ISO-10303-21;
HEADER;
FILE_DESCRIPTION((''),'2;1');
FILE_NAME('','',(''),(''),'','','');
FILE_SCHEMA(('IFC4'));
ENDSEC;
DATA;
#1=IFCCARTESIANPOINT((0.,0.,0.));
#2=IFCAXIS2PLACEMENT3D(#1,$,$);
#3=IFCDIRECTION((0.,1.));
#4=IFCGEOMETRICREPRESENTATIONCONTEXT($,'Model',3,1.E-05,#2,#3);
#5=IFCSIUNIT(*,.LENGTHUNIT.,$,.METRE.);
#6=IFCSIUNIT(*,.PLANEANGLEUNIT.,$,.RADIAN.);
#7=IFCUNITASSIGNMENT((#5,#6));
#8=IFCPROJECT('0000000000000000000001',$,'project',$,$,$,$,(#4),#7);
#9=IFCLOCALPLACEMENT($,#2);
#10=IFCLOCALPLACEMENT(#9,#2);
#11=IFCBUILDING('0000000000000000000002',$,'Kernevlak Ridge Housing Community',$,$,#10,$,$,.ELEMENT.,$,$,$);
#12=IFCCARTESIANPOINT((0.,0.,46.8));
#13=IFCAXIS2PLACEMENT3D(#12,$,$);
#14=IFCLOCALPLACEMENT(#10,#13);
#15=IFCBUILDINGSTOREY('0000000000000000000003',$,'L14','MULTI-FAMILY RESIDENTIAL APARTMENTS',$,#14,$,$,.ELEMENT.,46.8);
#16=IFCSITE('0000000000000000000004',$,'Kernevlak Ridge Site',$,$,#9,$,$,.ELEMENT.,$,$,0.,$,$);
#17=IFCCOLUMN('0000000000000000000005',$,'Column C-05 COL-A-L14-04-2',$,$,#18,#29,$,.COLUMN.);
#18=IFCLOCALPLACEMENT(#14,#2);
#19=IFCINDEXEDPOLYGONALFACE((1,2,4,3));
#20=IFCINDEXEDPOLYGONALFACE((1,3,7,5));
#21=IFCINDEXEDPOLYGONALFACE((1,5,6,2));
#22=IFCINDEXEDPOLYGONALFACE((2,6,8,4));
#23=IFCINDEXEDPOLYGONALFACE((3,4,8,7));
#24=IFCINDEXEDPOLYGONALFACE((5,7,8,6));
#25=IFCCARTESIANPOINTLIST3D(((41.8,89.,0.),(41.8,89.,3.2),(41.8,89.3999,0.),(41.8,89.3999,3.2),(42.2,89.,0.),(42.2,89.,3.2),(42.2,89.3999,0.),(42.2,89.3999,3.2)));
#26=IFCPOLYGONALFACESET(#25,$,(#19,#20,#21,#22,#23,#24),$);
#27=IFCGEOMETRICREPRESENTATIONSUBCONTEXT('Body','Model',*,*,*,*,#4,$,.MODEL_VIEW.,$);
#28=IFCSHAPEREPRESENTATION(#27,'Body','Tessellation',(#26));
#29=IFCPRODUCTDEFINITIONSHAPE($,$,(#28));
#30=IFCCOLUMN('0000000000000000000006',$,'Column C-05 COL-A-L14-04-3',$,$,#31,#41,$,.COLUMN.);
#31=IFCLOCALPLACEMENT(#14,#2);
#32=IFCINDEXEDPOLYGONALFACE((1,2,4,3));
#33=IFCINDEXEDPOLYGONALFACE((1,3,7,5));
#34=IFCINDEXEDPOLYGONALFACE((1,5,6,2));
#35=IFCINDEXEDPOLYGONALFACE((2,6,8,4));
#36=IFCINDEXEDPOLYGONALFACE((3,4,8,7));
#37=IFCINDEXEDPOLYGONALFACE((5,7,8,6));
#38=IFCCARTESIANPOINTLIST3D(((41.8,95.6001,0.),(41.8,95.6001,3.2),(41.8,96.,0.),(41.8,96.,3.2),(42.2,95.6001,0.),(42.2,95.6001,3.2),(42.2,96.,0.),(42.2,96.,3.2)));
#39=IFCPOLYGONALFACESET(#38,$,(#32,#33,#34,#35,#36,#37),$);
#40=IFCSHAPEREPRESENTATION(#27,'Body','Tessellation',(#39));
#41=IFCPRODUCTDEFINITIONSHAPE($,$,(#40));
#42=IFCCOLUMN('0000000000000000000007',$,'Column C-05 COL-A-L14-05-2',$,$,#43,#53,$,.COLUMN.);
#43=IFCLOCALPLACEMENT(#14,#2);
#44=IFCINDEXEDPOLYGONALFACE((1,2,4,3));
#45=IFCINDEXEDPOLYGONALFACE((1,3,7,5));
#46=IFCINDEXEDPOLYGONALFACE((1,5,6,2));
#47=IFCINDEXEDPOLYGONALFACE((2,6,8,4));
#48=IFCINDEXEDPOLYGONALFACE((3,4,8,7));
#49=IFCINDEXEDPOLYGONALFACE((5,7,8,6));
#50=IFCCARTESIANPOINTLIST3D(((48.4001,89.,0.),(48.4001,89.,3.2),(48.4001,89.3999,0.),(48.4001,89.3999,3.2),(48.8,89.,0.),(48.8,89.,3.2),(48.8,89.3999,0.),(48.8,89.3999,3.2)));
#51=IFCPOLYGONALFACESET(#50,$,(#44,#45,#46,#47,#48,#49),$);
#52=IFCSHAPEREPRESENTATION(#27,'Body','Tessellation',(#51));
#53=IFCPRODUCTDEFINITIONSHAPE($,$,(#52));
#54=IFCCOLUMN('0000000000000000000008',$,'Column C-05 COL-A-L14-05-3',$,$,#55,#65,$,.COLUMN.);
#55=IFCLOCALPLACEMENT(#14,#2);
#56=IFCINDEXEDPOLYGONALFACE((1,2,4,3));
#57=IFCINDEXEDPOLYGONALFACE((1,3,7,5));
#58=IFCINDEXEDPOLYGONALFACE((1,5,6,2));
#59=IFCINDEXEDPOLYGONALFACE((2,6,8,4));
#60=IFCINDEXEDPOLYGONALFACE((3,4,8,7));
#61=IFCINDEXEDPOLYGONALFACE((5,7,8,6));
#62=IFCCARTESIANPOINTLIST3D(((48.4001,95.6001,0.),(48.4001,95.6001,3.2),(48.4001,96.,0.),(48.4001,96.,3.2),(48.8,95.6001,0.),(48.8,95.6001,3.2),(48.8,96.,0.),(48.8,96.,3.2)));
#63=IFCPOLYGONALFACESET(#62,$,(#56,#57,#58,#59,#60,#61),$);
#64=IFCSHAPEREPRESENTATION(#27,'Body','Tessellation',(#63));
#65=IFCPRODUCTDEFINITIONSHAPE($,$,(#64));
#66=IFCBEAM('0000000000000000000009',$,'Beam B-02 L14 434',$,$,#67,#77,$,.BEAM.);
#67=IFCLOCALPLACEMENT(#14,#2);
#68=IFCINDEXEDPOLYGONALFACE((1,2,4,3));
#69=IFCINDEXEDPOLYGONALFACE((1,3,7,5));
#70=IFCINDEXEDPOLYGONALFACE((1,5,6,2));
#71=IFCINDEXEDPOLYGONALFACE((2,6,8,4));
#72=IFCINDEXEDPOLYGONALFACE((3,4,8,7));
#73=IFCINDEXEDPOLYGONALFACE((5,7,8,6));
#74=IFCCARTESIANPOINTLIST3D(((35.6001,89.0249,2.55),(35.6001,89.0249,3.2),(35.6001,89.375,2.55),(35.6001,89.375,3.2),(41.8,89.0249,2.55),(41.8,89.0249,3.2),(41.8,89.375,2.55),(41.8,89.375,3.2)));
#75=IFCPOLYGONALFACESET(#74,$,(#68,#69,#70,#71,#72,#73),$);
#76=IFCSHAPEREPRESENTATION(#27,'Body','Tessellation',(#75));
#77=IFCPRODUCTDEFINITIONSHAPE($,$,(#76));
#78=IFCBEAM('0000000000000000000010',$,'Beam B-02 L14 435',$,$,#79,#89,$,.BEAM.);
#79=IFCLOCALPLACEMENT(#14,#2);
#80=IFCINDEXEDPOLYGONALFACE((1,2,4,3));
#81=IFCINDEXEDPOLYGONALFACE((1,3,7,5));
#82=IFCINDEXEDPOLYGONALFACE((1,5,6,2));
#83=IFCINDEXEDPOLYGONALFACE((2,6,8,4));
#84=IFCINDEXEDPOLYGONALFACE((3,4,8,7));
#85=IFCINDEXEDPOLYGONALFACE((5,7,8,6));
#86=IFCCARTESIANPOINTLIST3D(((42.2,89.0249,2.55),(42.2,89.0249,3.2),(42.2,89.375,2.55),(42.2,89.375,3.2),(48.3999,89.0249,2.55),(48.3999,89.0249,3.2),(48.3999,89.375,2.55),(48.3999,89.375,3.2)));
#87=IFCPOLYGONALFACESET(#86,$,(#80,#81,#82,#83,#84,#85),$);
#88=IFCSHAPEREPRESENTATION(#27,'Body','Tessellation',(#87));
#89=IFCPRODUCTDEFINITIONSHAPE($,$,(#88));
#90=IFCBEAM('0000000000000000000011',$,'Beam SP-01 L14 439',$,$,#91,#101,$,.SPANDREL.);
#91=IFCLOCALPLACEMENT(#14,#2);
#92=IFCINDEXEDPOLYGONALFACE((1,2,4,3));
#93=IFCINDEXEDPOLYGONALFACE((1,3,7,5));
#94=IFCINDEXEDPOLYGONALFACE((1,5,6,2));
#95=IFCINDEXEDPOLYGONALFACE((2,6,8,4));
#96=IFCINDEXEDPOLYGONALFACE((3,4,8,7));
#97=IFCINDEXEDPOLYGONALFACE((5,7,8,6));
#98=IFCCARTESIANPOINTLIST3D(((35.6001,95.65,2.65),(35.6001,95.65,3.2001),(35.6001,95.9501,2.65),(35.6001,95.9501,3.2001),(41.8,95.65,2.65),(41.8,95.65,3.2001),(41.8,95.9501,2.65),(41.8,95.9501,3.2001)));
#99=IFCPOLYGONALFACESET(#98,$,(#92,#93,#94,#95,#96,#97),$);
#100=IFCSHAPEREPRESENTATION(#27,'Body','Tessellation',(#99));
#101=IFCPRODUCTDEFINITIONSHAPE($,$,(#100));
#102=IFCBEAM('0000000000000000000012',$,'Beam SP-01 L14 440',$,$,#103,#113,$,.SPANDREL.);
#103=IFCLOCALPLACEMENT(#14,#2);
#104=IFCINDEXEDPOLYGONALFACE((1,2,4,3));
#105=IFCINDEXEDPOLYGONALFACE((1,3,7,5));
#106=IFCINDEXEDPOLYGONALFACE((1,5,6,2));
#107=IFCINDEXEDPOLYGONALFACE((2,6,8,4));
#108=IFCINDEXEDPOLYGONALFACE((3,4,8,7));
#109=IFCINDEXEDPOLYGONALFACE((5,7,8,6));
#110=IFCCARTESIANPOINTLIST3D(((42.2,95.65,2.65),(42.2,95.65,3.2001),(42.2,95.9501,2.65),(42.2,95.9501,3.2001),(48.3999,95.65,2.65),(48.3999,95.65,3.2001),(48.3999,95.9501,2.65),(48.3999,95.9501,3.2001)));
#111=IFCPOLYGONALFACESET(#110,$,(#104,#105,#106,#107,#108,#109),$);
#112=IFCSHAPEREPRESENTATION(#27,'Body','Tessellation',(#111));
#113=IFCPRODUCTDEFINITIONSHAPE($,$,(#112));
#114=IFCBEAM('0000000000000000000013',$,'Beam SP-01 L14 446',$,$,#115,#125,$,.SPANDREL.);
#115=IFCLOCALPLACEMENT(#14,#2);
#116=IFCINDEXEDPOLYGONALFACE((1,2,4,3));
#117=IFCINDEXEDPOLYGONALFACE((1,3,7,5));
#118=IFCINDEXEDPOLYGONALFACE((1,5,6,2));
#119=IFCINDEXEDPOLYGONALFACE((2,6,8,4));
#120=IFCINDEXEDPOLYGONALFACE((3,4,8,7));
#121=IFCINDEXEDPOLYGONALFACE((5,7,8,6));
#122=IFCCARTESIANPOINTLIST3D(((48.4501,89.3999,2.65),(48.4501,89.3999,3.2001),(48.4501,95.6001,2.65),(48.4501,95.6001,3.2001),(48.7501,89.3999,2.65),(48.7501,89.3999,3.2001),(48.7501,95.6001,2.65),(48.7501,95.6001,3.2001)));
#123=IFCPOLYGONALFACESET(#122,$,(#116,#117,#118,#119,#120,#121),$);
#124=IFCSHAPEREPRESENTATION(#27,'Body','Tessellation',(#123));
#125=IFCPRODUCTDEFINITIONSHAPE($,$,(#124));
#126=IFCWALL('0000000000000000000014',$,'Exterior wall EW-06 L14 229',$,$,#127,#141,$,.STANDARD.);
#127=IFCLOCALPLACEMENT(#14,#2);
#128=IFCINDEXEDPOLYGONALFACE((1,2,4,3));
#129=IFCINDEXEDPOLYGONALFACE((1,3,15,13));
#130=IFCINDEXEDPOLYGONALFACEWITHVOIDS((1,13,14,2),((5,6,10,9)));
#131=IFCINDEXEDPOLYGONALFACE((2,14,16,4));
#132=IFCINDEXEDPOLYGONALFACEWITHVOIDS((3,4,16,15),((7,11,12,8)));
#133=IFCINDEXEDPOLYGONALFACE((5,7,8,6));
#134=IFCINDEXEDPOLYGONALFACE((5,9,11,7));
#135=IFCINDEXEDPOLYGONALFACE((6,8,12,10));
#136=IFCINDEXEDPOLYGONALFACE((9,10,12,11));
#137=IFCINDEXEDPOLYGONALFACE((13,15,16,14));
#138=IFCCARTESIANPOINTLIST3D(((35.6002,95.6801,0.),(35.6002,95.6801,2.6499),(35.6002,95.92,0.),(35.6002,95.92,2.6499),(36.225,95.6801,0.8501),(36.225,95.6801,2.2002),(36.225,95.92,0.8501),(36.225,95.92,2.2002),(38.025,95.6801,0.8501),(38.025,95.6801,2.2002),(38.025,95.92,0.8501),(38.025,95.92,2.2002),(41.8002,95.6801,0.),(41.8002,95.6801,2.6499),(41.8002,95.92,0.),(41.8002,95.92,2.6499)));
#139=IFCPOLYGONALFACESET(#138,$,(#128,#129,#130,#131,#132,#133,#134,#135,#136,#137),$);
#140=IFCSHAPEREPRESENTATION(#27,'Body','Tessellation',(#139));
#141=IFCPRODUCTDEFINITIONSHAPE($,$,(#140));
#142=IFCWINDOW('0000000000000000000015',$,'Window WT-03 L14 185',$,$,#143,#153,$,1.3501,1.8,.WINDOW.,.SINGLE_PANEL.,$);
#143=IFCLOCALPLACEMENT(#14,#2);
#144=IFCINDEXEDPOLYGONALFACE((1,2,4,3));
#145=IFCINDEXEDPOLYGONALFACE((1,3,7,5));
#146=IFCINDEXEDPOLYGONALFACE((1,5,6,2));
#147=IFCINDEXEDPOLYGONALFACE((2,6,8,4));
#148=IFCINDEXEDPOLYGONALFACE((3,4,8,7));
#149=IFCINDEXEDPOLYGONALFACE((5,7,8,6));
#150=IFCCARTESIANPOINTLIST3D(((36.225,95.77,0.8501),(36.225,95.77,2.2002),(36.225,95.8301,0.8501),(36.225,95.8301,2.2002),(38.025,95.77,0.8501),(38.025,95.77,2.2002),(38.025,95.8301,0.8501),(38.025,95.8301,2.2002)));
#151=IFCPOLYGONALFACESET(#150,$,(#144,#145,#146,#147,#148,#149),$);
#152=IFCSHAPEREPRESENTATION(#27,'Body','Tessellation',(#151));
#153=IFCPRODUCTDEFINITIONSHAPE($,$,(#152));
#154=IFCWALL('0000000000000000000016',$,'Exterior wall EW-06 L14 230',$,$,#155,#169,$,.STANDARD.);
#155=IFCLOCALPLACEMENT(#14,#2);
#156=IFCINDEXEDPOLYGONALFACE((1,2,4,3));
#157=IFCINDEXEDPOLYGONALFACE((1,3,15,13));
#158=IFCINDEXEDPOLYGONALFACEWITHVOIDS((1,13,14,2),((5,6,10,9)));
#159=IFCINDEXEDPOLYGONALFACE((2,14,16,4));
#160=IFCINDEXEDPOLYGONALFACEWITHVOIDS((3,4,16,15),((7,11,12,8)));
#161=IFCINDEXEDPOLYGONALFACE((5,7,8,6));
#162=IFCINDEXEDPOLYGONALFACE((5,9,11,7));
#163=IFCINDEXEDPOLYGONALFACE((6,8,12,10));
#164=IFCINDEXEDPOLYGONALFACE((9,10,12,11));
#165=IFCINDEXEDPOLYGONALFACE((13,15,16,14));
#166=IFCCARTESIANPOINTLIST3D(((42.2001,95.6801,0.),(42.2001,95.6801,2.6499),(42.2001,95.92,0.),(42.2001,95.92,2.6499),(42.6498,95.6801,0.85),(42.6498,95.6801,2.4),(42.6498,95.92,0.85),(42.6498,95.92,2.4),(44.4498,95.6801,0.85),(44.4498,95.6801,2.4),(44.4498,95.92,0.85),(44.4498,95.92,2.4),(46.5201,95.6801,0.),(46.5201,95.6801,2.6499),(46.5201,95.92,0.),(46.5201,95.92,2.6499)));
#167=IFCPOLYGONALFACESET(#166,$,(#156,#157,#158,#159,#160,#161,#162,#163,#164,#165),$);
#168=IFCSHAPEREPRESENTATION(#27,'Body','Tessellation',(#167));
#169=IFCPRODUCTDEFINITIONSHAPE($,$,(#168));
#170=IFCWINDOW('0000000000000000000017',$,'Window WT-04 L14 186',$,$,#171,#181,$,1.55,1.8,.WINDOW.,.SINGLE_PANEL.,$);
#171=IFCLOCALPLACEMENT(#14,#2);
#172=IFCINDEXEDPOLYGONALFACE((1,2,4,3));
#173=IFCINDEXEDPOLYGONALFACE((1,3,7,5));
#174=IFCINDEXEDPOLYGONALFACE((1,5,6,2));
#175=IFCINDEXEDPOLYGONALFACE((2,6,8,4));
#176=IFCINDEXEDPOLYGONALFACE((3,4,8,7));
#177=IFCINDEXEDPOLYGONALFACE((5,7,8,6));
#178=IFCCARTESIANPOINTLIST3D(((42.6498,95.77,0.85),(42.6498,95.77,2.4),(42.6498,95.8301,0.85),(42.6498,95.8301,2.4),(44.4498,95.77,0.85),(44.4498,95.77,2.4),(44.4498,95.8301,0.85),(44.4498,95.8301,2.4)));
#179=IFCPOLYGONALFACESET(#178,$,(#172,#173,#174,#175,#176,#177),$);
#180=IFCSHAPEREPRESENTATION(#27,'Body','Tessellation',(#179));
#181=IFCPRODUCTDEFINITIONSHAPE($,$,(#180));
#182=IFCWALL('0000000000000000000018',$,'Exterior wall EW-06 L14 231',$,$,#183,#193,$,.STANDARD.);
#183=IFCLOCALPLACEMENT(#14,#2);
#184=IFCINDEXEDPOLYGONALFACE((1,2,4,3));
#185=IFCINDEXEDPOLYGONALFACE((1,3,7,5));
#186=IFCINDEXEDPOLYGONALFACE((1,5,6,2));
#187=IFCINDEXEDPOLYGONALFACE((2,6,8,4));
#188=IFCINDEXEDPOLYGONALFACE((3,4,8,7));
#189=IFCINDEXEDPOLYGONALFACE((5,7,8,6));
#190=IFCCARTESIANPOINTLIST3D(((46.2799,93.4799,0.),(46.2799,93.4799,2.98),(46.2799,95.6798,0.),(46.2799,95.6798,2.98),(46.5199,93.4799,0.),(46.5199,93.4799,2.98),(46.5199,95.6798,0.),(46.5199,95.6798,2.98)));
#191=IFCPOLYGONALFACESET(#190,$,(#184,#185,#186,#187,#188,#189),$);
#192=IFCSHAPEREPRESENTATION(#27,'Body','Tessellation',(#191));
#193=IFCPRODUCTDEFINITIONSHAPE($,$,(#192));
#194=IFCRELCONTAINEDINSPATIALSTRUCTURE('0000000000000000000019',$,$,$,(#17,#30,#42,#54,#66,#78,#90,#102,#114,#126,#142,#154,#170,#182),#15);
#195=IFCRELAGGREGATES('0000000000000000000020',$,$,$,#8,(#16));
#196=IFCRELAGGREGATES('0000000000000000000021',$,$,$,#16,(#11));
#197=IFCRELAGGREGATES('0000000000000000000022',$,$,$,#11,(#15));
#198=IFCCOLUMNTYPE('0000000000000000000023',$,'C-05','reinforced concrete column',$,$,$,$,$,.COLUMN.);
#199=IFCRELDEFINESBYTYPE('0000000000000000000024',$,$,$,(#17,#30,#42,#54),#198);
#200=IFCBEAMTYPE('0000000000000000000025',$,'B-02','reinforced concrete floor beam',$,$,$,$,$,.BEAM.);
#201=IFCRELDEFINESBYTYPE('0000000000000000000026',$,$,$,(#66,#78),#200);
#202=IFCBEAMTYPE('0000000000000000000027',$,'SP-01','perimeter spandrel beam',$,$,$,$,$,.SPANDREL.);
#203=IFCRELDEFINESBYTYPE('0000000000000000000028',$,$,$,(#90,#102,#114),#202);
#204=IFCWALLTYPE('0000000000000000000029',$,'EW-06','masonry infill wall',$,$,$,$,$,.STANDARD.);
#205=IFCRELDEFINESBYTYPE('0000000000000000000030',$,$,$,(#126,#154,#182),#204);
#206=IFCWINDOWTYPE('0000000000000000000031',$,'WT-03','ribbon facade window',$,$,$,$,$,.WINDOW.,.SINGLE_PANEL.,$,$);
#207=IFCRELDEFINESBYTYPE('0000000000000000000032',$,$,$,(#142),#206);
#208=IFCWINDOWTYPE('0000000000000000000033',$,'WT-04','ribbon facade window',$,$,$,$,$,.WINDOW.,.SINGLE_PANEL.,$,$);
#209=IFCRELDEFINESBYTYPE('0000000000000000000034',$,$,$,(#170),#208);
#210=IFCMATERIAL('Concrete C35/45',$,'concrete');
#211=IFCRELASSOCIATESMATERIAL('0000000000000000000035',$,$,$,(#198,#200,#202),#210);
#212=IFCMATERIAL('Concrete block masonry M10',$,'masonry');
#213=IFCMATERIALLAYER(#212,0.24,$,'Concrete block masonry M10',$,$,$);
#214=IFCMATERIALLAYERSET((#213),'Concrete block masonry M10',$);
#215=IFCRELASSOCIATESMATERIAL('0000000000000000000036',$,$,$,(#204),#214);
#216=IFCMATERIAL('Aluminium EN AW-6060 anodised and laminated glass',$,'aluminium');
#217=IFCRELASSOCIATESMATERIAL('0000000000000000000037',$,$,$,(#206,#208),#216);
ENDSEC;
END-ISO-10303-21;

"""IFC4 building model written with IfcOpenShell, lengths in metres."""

from ifc_helpers import new_model, si_unit, direction, frame, frame_2d, origin, origin_2d, place, context, subcontext, project, spatial, rectangle, extrude, material, layer, layer_set, material_profile, profile_set, type_object, element, fill, save


model = new_model("IFC4")

# Units and contexts
model_context = context("Model", 3, precision=1e-05, world=origin(), true_north=direction((0.0, 1.0)))
body_context = subcontext(model_context, "Body", "Model", "MODEL_VIEW")
ifc_project = project(units=[si_unit("LENGTHUNIT", "METRE"), si_unit("PLANEANGLEUNIT", "RADIAN")], contexts=[model_context])

# Site, building, storey
site_placement = place(None, origin())
site = spatial("IfcSite", under=ifc_project, at=site_placement, Name="Kernevlak Ridge Site", CompositionType="ELEMENT", RefElevation=0.0)
building_placement = place(site_placement, origin())
building = spatial("IfcBuilding", under=site, at=building_placement, Name="Kernevlak Ridge Housing Community", CompositionType="ELEMENT")
storey_placement = place(building_placement, frame((0.0, 0.0, 46.8)))
storey = spatial("IfcBuildingStorey", under=building, at=storey_placement, Name="L14", Description="MULTI-FAMILY RESIDENTIAL APARTMENTS", CompositionType="ELEMENT", Elevation=46.8)

# Columns
ifc_material_1 = material(Name="Concrete C35/45", Category="concrete")
ifc_material_profile_1 = material_profile(ifc_material_1, rectangle(XDim=0.3999, YDim=0.3999, at=origin_2d()), Name="RC 400x400")
ifc_profile_set_1 = profile_set([ifc_material_profile_1], Name="Concrete C35/45")
column_type = type_object("IfcColumnType", Name="C-05", Description="reinforced concrete column", PredefinedType="COLUMN", material=ifc_profile_set_1)
for number, where, z_axis, x_axis, name in (
    (1, (42.0, 89.2, 0.0), (0.0, 0.0, 1.0), (1.0, 0.0, 0.0), "Column C-05 COL-A-L14-04-2"),
    (2, (42.0, 95.8, 0.0), (0.0, 0.0, 1.0), (1.0, 0.0, 0.0), "Column C-05 COL-A-L14-04-3"),
    (3, (48.6001, 89.2, 0.0), (0.0, 0.0, 1.0), (1.0, 0.0, 0.0), "Column C-05 COL-A-L14-05-2"),
    (4, (48.6001, 95.8, 0.0), (0.0, 0.0, 1.0), (1.0, 0.0, 0.0), "Column C-05 COL-A-L14-05-3"),
):
    element("IfcColumn", number, at=place(storey_placement, frame(where, z_axis=z_axis, x_axis=x_axis)), inside=storey, type_object=column_type, Name=name, PredefinedType="COLUMN", context=body_context, shape_type="SweptSolid", body=[
        extrude(rectangle(XDim=0.3999, YDim=0.3999, at=origin_2d()), origin(), (0.0, 0.0, 1.0), 3.2),
    ])

# Beams
ifc_material_profile_2 = material_profile(ifc_material_1, rectangle(XDim=0.3501, YDim=0.6499, at=origin_2d()), Name="RC 350x650")
ifc_profile_set_2 = profile_set([ifc_material_profile_2], Name="Concrete C35/45")
beam_type_1 = type_object("IfcBeamType", Name="B-02", Description="reinforced concrete floor beam", PredefinedType="BEAM", material=ifc_profile_set_2)
for number, where, z_axis, x_axis, name in (
    (5, (35.6001, 89.2, 2.875), (1.0, 0.0, 0.0), (0.0, 1.0, 0.0), "Beam B-02 L14 434"),
    (6, (42.2, 89.2, 2.875), (1.0, 0.0, 0.0), (0.0, 1.0, 0.0), "Beam B-02 L14 435"),
):
    element("IfcBeam", number, at=place(storey_placement, frame(where, z_axis=z_axis, x_axis=x_axis)), inside=storey, type_object=beam_type_1, Name=name, PredefinedType="BEAM", context=body_context, shape_type="SweptSolid", body=[
        extrude(rectangle(XDim=0.3501, YDim=0.6499, at=origin_2d()), origin(), (0.0, 0.0, 1.0), 6.2),
    ])
ifc_material_profile_3 = material_profile(ifc_material_1, rectangle(XDim=0.3, YDim=0.55, at=origin_2d()), Name="RC 300x550")
ifc_profile_set_3 = profile_set([ifc_material_profile_3], Name="Concrete C35/45")
beam_type_2 = type_object("IfcBeamType", Name="SP-01", Description="perimeter spandrel beam", PredefinedType="SPANDREL", material=ifc_profile_set_3)
for number, where, z_axis, x_axis, name in (
    (7, (35.6001, 95.8, 2.925), (1.0, 0.0, 0.0), (0.0, 1.0, 0.0), "Beam SP-01 L14 439"),
    (8, (42.2, 95.8, 2.925), (1.0, 0.0, 0.0), (0.0, 1.0, 0.0), "Beam SP-01 L14 440"),
):
    element("IfcBeam", number, at=place(storey_placement, frame(where, z_axis=z_axis, x_axis=x_axis)), inside=storey, type_object=beam_type_2, Name=name, PredefinedType="SPANDREL", context=body_context, shape_type="SweptSolid", body=[
        extrude(rectangle(XDim=0.3, YDim=0.55, at=origin_2d()), origin(), (0.0, 0.0, 1.0), 6.2),
    ])
beam_placement = place(storey_placement, frame((48.6001, 89.3999, 2.925), z_axis=(0.0, 1.0, 0.0), x_axis=(-1.0, 0.0, 0.0)))
element("IfcBeam", 9, at=beam_placement, inside=storey, type_object=beam_type_2, Name="Beam SP-01 L14 446", PredefinedType="SPANDREL", context=body_context, shape_type="SweptSolid", body=[
    extrude(rectangle(XDim=0.3, YDim=0.55, at=origin_2d()), origin(), (0.0, 0.0, 1.0), 6.2002),
])

# Walls, openings, windows
ifc_material_2 = material(Name="Concrete block masonry M10", Category="masonry")
ifc_layer_1 = layer(ifc_material_2, 0.24, Name="Concrete block masonry M10")
ifc_layer_set_1 = layer_set([ifc_layer_1], Name="Concrete block masonry M10")
wall_type_1 = type_object("IfcWallType", Name="EW-06", Description="masonry infill wall", PredefinedType="STANDARD", material=ifc_layer_set_1)
wall_1_placement = place(storey_placement, frame((35.6001, 95.8, 0.0), z_axis=(0.0, 0.0, 1.0), x_axis=(1.0, 0.0, 0.0)))
wall_1 = element("IfcWall", 10, at=wall_1_placement, inside=storey, type_object=wall_type_1, Name="Exterior wall EW-06 L14 229", PredefinedType="STANDARD", context=body_context, shape_type="SweptSolid", body=[
    extrude(rectangle(XDim=6.2, YDim=0.24, at=frame_2d((3.1001, 0.0))), origin(), (0.0, 0.0, 1.0), 2.6499),
])
opening_1_placement = place(wall_1_placement, frame((0.625, 0.0, 0.8501)))
opening_1 = element("IfcOpeningElement", 11, at=opening_1_placement, cuts=wall_1, PredefinedType="OPENING", context=body_context, shape_type="SweptSolid", body=[
    extrude(rectangle(XDim=1.8, YDim=1.3501, at=frame_2d((0.8999, 0.675))), frame((0.0, 0.1299, 0.0), z_axis=(0.0, -1.0, 0.0), x_axis=(1.0, 0.0, 0.0)), (0.0, 0.0, 1.0), 0.26),
])
ifc_material_3 = material(Name="Aluminium EN AW-6060 anodised and laminated glass", Category="aluminium")
window_type_1 = type_object("IfcWindowType", Name="WT-03", Description="ribbon facade window", PartitioningType="SINGLE_PANEL", PredefinedType="WINDOW", material=ifc_material_3)
window_1_placement = place(opening_1_placement, origin())
window_1 = element("IfcWindow", 12, at=window_1_placement, inside=storey, type_object=window_type_1, Name="Window WT-03 L14 185", OverallHeight=1.3501, OverallWidth=1.8, PartitioningType="SINGLE_PANEL", PredefinedType="WINDOW", context=body_context, shape_type="SweptSolid", body=[
    extrude(rectangle(XDim=1.8, YDim=1.3501, at=frame_2d((0.8999, 0.675))), frame((0.0, 0.03, 0.0), z_axis=(0.0, -1.0, 0.0), x_axis=(1.0, 0.0, 0.0)), (0.0, 0.0, 1.0), 0.0601),
])
fill(opening_1, window_1)
wall_2_placement = place(storey_placement, frame((42.2, 95.8, 0.0), z_axis=(0.0, 0.0, 1.0), x_axis=(1.0, 0.0, 0.0)))
wall_2 = element("IfcWall", 13, at=wall_2_placement, inside=storey, type_object=wall_type_1, Name="Exterior wall EW-06 L14 230", PredefinedType="STANDARD", context=body_context, shape_type="SweptSolid", body=[
    extrude(rectangle(XDim=4.3201, YDim=0.24, at=frame_2d((2.1602, 0.0))), origin(), (0.0, 0.0, 1.0), 2.6499),
])
opening_2_placement = place(wall_2_placement, frame((0.45, 0.0, 0.8501)))
opening_2 = element("IfcOpeningElement", 14, at=opening_2_placement, cuts=wall_2, PredefinedType="OPENING", context=body_context, shape_type="SweptSolid", body=[
    extrude(rectangle(XDim=1.8, YDim=1.55, at=frame_2d((0.8999, 0.7749))), frame((0.0, 0.1299, 0.0), z_axis=(0.0, -1.0, 0.0), x_axis=(1.0, 0.0, 0.0)), (0.0, 0.0, 1.0), 0.26),
])
window_type_2 = type_object("IfcWindowType", Name="WT-04", Description="ribbon facade window", PartitioningType="SINGLE_PANEL", PredefinedType="WINDOW", material=ifc_material_3)
window_2_placement = place(opening_2_placement, origin())
window_2 = element("IfcWindow", 15, at=window_2_placement, inside=storey, type_object=window_type_2, Name="Window WT-04 L14 186", OverallHeight=1.55, OverallWidth=1.8, PartitioningType="SINGLE_PANEL", PredefinedType="WINDOW", context=body_context, shape_type="SweptSolid", body=[
    extrude(rectangle(XDim=1.8, YDim=1.55, at=frame_2d((0.8999, 0.7749))), frame((0.0, 0.03, 0.0), z_axis=(0.0, -1.0, 0.0), x_axis=(1.0, 0.0, 0.0)), (0.0, 0.0, 1.0), 0.0601),
])
fill(opening_2, window_2)

# Wall
wall_3_placement = place(storey_placement, frame((46.3999, 95.6799, 0.0), z_axis=(0.0, 0.0, 1.0), x_axis=(0.0, -1.0, 0.0)))
element("IfcWall", 16, at=wall_3_placement, inside=storey, type_object=wall_type_1, Name="Exterior wall EW-06 L14 231", PredefinedType="STANDARD", context=body_context, shape_type="SweptSolid", body=[
    extrude(rectangle(XDim=2.2, YDim=0.24, at=frame_2d((1.1001, 0.0))), origin(), (0.0, 0.0, 1.0), 2.98),
])

save(model, "model.ifc")
